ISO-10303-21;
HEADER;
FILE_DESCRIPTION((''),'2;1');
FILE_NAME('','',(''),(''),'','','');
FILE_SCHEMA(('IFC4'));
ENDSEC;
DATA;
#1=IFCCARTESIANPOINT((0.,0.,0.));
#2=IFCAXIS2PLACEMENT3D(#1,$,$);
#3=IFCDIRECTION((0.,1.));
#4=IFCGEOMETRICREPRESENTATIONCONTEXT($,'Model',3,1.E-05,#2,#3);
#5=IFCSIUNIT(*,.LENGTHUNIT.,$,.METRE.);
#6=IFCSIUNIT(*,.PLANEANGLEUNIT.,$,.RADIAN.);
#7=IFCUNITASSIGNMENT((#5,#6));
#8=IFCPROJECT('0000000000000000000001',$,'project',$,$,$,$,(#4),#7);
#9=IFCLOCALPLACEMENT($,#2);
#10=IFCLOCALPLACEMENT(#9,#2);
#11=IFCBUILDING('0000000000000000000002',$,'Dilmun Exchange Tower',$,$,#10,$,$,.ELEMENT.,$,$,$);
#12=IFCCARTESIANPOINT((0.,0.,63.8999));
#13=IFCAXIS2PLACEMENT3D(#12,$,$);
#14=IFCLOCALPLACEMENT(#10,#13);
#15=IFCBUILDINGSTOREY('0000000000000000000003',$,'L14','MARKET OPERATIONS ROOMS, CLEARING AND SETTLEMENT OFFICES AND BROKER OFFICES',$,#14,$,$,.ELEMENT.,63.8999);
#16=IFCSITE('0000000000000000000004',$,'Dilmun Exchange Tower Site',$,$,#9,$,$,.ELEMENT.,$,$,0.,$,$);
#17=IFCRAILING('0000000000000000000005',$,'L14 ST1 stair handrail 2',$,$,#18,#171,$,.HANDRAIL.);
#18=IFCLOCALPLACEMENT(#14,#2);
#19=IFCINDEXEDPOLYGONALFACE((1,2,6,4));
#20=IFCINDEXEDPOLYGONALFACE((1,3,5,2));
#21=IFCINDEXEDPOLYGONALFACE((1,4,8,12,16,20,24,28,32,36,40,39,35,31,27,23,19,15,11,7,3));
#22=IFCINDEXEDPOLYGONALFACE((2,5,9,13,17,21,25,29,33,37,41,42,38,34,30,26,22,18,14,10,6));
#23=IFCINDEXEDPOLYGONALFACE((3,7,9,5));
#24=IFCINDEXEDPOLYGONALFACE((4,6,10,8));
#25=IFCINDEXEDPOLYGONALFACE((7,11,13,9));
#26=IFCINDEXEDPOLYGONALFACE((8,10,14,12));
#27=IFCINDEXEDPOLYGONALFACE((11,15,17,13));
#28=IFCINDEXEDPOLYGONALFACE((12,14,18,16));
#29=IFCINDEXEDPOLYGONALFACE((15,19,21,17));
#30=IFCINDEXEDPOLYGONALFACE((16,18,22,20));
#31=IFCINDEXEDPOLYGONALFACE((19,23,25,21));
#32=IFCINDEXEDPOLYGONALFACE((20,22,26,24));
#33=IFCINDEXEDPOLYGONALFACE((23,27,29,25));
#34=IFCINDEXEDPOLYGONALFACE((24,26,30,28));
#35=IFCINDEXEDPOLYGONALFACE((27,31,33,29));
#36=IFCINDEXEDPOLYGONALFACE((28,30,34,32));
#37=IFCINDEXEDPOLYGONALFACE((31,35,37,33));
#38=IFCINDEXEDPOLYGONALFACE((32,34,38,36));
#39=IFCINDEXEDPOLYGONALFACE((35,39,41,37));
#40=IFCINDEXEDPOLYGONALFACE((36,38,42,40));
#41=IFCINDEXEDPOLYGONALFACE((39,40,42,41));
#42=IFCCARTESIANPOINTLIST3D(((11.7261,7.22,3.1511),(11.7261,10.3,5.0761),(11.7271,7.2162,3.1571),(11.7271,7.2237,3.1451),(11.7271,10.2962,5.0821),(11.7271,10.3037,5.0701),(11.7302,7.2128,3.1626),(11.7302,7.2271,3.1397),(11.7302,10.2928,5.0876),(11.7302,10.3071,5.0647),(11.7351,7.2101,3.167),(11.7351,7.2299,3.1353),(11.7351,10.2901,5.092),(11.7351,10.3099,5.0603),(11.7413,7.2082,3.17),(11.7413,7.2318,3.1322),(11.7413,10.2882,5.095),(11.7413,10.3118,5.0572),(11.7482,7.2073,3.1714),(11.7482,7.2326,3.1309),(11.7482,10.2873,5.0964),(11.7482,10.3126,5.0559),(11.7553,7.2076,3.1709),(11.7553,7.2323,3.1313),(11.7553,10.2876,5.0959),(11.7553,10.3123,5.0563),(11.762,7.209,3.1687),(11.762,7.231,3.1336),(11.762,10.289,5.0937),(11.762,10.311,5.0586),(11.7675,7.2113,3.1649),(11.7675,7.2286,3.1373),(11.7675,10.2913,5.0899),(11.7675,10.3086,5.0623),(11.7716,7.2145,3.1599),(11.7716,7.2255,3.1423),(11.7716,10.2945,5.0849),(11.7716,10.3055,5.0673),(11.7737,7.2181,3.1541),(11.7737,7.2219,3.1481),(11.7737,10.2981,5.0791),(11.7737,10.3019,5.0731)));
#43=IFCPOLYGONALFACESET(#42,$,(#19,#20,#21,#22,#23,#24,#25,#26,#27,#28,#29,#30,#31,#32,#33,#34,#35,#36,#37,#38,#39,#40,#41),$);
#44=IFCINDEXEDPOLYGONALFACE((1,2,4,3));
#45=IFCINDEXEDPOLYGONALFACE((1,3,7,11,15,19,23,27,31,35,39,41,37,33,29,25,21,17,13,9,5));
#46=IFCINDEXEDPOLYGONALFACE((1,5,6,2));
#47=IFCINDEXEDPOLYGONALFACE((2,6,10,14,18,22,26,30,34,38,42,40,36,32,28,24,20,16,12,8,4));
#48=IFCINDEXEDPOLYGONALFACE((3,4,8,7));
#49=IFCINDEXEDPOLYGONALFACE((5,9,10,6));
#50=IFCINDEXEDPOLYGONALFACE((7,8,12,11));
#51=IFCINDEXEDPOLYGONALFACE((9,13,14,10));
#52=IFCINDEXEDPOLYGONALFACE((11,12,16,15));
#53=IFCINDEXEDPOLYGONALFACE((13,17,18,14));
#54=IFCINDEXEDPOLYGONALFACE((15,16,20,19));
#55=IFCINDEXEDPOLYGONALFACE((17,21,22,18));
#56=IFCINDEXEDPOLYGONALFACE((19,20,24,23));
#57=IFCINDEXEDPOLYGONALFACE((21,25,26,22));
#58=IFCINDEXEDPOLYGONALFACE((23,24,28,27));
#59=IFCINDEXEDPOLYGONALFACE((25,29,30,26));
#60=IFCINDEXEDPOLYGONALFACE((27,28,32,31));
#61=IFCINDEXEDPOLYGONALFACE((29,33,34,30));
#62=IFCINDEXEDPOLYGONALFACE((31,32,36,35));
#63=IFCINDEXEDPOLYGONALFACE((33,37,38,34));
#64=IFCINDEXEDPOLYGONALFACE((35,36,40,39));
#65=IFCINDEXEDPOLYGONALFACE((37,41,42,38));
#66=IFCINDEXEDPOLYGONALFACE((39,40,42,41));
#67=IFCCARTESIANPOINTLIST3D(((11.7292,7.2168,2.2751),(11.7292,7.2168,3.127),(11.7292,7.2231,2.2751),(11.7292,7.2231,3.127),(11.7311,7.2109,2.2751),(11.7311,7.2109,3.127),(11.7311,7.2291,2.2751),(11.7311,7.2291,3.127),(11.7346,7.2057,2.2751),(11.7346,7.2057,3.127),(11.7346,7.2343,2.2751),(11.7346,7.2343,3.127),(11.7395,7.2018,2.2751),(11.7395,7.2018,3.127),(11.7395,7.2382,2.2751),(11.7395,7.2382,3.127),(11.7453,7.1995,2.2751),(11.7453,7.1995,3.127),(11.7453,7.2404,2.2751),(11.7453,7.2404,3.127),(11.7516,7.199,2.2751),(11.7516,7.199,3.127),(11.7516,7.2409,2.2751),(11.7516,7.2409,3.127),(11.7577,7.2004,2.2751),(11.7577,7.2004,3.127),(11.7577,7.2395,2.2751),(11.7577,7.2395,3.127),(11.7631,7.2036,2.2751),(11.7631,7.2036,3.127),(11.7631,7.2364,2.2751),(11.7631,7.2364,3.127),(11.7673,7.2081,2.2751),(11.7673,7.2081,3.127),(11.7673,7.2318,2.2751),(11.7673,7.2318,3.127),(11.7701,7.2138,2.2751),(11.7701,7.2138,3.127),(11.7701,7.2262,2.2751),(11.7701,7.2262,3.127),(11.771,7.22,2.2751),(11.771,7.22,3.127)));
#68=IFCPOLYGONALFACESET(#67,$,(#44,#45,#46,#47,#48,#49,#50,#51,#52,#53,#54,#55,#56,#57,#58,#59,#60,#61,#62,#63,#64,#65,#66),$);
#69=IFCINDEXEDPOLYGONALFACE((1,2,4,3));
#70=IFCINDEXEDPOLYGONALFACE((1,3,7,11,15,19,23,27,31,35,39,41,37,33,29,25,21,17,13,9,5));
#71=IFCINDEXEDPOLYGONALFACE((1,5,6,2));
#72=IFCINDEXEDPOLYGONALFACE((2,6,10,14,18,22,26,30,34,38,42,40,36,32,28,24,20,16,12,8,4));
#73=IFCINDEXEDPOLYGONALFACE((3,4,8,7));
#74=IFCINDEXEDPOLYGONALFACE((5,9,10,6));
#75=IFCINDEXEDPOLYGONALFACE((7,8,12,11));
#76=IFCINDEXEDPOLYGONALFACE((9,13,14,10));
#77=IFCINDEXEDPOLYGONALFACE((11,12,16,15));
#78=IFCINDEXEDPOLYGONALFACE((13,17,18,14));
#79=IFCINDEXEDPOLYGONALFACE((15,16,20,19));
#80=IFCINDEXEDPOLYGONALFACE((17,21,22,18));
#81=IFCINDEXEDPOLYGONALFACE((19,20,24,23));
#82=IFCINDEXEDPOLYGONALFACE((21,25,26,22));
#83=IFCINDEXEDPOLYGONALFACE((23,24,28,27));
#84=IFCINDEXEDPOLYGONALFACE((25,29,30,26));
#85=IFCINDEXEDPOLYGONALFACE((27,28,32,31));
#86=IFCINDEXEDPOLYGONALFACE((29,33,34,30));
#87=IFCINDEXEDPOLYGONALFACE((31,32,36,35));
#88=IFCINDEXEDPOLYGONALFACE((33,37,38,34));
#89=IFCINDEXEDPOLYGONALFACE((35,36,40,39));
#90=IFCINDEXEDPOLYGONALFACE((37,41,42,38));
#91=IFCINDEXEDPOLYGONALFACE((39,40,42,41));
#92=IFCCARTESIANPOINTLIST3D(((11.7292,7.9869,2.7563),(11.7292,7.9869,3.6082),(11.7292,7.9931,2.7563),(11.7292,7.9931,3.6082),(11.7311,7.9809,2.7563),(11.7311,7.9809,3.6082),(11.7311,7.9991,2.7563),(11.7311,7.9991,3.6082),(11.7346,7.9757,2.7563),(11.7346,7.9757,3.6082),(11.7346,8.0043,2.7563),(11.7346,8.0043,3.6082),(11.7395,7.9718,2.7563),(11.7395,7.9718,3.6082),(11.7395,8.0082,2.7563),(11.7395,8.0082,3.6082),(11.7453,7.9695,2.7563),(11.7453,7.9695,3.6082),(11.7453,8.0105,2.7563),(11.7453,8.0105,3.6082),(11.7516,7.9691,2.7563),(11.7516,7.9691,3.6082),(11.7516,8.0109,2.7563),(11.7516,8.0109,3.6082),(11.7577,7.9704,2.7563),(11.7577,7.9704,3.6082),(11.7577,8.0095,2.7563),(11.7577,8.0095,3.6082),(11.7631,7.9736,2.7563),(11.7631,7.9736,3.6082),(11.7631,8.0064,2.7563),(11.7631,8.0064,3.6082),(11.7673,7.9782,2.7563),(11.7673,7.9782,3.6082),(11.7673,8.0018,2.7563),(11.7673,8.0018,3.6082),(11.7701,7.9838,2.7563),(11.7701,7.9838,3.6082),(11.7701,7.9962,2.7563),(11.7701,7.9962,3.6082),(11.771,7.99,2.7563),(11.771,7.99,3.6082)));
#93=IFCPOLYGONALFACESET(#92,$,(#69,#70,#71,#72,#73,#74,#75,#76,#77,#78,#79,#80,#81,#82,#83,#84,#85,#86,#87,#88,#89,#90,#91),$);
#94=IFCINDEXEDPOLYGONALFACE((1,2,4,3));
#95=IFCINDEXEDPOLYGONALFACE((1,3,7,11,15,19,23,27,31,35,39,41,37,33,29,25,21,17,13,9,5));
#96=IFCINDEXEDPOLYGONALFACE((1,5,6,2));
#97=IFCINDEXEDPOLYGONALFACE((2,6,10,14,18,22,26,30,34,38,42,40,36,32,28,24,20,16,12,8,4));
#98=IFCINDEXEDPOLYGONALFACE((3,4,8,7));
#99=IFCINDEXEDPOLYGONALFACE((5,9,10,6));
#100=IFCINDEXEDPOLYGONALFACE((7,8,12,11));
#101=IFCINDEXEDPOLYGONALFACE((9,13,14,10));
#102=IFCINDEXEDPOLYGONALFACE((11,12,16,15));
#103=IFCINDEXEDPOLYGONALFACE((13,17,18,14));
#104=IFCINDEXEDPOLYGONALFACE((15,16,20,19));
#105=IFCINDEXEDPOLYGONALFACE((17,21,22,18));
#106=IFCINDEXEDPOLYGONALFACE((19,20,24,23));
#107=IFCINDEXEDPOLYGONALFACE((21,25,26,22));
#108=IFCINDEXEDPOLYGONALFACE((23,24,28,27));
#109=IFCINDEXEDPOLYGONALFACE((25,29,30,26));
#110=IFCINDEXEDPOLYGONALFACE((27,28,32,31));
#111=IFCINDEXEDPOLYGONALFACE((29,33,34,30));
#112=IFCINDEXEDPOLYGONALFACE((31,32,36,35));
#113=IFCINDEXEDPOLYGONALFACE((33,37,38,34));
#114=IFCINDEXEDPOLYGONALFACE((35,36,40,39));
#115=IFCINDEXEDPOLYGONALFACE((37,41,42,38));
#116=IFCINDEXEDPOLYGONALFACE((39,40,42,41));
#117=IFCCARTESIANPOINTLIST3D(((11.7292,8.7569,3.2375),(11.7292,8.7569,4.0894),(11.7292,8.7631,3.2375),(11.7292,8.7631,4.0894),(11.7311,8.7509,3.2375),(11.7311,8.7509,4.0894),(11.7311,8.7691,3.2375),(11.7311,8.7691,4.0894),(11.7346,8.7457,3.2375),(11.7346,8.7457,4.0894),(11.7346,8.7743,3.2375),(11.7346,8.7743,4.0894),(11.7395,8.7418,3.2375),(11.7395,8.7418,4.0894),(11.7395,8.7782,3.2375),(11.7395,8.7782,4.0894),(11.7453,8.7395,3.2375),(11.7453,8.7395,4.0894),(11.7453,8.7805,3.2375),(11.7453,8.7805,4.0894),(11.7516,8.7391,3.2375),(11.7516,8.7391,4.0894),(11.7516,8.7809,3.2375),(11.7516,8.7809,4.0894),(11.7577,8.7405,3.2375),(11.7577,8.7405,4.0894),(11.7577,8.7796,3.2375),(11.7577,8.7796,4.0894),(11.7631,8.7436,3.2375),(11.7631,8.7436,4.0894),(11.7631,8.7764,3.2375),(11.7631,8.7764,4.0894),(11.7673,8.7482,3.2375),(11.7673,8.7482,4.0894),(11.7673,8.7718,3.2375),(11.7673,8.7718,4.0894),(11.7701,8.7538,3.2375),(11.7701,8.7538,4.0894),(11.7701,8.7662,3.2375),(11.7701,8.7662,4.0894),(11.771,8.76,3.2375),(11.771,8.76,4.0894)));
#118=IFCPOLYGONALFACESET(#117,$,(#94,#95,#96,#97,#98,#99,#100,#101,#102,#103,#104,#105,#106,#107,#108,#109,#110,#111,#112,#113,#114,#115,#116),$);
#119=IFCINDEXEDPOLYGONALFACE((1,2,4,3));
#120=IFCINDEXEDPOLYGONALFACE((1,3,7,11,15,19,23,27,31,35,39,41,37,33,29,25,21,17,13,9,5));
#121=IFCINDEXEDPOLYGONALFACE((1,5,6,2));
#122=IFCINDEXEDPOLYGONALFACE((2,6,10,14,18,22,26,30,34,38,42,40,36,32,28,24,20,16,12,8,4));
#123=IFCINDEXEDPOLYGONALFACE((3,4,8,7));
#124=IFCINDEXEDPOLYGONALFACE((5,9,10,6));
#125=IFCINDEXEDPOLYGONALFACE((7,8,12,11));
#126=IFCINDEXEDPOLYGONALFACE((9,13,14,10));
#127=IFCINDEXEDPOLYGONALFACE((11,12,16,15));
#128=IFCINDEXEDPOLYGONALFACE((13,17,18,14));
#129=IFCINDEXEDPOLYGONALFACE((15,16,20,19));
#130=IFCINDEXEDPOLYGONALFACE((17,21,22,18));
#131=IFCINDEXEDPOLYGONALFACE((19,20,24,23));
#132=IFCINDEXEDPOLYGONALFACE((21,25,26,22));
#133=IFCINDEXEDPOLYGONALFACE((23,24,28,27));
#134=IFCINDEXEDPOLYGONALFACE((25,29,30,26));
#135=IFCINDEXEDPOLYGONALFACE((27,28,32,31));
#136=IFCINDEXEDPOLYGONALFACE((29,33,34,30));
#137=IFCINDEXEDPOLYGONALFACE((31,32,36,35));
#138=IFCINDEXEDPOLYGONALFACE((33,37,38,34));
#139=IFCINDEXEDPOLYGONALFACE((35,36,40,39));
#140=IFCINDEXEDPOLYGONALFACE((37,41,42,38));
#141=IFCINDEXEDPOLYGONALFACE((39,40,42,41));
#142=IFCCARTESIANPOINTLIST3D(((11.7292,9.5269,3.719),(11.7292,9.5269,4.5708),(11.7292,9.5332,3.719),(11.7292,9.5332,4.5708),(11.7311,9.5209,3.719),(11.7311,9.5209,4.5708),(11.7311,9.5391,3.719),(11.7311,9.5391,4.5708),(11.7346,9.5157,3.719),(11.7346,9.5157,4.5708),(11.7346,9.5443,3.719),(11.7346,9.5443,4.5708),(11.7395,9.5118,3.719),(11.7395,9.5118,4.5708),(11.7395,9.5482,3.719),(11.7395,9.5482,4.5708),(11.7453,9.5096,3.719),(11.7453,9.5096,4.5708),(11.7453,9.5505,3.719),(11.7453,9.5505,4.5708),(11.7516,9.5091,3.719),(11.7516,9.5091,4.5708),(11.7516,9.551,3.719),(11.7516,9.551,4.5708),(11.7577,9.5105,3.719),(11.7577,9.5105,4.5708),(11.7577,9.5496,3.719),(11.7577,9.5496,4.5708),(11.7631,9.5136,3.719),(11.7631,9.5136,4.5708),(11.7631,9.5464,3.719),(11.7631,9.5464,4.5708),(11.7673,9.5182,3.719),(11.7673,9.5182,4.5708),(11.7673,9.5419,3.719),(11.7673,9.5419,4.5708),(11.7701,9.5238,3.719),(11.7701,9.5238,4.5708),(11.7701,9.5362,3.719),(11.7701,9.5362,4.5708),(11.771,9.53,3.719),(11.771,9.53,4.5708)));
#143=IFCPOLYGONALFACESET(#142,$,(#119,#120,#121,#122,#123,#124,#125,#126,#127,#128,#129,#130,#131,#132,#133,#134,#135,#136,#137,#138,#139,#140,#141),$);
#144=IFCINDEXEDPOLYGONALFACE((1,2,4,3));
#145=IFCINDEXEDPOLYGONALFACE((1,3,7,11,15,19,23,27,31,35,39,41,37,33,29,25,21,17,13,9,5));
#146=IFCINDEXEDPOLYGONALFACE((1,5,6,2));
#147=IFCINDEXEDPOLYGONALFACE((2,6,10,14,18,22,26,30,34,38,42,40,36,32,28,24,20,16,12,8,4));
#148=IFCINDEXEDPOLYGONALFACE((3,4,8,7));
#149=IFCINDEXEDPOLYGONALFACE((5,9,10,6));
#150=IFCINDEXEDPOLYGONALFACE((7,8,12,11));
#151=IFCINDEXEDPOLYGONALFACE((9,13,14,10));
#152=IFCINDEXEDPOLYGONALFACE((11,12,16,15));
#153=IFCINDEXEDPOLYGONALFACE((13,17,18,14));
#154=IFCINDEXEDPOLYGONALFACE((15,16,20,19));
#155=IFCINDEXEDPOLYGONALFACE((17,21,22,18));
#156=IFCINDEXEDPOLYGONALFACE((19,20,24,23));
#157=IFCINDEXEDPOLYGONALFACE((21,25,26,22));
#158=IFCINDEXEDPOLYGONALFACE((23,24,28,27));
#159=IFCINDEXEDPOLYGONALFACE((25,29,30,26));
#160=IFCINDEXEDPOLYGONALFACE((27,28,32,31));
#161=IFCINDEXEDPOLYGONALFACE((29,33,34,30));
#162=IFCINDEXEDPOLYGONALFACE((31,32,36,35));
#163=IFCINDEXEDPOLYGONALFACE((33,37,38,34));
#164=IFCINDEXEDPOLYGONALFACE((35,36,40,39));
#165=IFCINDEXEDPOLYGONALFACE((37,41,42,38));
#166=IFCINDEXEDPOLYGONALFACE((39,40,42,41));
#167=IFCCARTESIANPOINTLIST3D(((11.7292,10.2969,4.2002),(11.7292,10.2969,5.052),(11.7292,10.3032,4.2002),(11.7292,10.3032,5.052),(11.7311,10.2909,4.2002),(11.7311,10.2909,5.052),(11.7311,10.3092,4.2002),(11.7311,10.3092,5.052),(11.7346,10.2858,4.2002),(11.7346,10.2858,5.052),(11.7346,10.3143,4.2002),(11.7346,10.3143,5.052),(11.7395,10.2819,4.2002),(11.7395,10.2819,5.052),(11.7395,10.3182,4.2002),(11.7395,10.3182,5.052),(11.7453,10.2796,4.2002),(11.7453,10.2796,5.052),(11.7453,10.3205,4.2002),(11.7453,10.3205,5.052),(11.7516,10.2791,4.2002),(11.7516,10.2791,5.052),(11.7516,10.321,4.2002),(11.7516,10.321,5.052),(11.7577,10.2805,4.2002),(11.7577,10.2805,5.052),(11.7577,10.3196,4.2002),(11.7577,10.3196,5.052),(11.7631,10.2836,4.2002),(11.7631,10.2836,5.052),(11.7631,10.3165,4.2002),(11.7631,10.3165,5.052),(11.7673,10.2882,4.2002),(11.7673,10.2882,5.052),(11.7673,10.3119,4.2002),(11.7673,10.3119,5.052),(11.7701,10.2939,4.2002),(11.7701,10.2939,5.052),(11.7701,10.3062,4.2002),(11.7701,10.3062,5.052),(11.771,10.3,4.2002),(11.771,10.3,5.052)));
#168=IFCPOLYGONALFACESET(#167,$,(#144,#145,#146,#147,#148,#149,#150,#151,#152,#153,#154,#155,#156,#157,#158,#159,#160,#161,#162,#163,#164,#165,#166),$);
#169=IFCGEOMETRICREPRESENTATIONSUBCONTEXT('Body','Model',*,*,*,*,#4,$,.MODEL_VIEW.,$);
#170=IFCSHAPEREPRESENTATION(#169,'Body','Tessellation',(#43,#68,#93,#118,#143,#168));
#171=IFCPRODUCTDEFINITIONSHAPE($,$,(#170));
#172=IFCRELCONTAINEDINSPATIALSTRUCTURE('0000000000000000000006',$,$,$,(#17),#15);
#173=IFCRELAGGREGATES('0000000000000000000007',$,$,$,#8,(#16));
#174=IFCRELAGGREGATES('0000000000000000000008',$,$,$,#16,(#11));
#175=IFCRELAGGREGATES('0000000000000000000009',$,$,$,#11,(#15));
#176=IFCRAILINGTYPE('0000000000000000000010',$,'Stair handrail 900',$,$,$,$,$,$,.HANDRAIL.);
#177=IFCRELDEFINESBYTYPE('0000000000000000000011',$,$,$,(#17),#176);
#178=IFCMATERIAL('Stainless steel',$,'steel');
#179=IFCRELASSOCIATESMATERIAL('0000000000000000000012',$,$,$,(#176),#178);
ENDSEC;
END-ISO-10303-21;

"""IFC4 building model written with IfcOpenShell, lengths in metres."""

from ifc_helpers import new_model, si_unit, direction, frame, origin, origin_2d, place, context, subcontext, project, spatial, circle, extrude, material, type_object, element, save


model = new_model("IFC4")

# Units and contexts
model_context = context("Model", 3, precision=1e-05, world=origin(), true_north=direction((0.0, 1.0)))
body_context = subcontext(model_context, "Body", "Model", "MODEL_VIEW")
ifc_project = project(units=[si_unit("LENGTHUNIT", "METRE"), si_unit("PLANEANGLEUNIT", "RADIAN")], contexts=[model_context])

# Site, building, storey
site_placement = place(None, origin())
site = spatial("IfcSite", under=ifc_project, at=site_placement, Name="Dilmun Exchange Tower Site", CompositionType="ELEMENT", RefElevation=0.0)
building_placement = place(site_placement, origin())
building = spatial("IfcBuilding", under=site, at=building_placement, Name="Dilmun Exchange Tower", CompositionType="ELEMENT")
storey_placement = place(building_placement, frame((0.0, 0.0, 63.8999)))
storey = spatial("IfcBuildingStorey", under=building, at=storey_placement, Name="L14", Description="MARKET OPERATIONS ROOMS, CLEARING AND SETTLEMENT OFFICES AND BROKER OFFICES", CompositionType="ELEMENT", Elevation=63.8999)

# Railing
ifc_material_1 = material(Name="Stainless steel", Category="steel")
railing_type = type_object("IfcRailingType", Name="Stair handrail 900", PredefinedType="HANDRAIL", material=ifc_material_1)
railing_1_placement = place(storey_placement, frame((11.75, 7.22, 2.2751)))
element("IfcRailing", 1, at=railing_1_placement, inside=storey, type_object=railing_type, Name="L14 ST1 stair handrail 2", PredefinedType="HANDRAIL", context=body_context, shape_type="SweptSolid", body=[
    extrude(circle(Radius=0.0239, at=origin_2d()), frame((0.0, 0.0, 0.876), z_axis=(0.0, 0.847998, 0.529999), x_axis=(-1.0, 0.0, 0.0)), (0.0, 0.0, 1.0), 3.6321),
    extrude(circle(Radius=0.021, at=origin_2d()), origin(), (0.0, 0.0, 1.0), 0.8518),
    extrude(circle(Radius=0.021, at=origin_2d()), frame((0.0, 0.77, 0.4812)), (0.0, 0.0, 1.0), 0.8518),
    extrude(circle(Radius=0.021, at=origin_2d()), frame((0.0, 1.54, 0.9624)), (0.0, 0.0, 1.0), 0.8518),
    extrude(circle(Radius=0.021, at=origin_2d()), frame((0.0, 2.3101, 1.4438)), (0.0, 0.0, 1.0), 0.8518),
    extrude(circle(Radius=0.021, at=origin_2d()), frame((0.0, 3.0801, 1.925)), (0.0, 0.0, 1.0), 0.8518),
])

save(model, "model.ifc")
